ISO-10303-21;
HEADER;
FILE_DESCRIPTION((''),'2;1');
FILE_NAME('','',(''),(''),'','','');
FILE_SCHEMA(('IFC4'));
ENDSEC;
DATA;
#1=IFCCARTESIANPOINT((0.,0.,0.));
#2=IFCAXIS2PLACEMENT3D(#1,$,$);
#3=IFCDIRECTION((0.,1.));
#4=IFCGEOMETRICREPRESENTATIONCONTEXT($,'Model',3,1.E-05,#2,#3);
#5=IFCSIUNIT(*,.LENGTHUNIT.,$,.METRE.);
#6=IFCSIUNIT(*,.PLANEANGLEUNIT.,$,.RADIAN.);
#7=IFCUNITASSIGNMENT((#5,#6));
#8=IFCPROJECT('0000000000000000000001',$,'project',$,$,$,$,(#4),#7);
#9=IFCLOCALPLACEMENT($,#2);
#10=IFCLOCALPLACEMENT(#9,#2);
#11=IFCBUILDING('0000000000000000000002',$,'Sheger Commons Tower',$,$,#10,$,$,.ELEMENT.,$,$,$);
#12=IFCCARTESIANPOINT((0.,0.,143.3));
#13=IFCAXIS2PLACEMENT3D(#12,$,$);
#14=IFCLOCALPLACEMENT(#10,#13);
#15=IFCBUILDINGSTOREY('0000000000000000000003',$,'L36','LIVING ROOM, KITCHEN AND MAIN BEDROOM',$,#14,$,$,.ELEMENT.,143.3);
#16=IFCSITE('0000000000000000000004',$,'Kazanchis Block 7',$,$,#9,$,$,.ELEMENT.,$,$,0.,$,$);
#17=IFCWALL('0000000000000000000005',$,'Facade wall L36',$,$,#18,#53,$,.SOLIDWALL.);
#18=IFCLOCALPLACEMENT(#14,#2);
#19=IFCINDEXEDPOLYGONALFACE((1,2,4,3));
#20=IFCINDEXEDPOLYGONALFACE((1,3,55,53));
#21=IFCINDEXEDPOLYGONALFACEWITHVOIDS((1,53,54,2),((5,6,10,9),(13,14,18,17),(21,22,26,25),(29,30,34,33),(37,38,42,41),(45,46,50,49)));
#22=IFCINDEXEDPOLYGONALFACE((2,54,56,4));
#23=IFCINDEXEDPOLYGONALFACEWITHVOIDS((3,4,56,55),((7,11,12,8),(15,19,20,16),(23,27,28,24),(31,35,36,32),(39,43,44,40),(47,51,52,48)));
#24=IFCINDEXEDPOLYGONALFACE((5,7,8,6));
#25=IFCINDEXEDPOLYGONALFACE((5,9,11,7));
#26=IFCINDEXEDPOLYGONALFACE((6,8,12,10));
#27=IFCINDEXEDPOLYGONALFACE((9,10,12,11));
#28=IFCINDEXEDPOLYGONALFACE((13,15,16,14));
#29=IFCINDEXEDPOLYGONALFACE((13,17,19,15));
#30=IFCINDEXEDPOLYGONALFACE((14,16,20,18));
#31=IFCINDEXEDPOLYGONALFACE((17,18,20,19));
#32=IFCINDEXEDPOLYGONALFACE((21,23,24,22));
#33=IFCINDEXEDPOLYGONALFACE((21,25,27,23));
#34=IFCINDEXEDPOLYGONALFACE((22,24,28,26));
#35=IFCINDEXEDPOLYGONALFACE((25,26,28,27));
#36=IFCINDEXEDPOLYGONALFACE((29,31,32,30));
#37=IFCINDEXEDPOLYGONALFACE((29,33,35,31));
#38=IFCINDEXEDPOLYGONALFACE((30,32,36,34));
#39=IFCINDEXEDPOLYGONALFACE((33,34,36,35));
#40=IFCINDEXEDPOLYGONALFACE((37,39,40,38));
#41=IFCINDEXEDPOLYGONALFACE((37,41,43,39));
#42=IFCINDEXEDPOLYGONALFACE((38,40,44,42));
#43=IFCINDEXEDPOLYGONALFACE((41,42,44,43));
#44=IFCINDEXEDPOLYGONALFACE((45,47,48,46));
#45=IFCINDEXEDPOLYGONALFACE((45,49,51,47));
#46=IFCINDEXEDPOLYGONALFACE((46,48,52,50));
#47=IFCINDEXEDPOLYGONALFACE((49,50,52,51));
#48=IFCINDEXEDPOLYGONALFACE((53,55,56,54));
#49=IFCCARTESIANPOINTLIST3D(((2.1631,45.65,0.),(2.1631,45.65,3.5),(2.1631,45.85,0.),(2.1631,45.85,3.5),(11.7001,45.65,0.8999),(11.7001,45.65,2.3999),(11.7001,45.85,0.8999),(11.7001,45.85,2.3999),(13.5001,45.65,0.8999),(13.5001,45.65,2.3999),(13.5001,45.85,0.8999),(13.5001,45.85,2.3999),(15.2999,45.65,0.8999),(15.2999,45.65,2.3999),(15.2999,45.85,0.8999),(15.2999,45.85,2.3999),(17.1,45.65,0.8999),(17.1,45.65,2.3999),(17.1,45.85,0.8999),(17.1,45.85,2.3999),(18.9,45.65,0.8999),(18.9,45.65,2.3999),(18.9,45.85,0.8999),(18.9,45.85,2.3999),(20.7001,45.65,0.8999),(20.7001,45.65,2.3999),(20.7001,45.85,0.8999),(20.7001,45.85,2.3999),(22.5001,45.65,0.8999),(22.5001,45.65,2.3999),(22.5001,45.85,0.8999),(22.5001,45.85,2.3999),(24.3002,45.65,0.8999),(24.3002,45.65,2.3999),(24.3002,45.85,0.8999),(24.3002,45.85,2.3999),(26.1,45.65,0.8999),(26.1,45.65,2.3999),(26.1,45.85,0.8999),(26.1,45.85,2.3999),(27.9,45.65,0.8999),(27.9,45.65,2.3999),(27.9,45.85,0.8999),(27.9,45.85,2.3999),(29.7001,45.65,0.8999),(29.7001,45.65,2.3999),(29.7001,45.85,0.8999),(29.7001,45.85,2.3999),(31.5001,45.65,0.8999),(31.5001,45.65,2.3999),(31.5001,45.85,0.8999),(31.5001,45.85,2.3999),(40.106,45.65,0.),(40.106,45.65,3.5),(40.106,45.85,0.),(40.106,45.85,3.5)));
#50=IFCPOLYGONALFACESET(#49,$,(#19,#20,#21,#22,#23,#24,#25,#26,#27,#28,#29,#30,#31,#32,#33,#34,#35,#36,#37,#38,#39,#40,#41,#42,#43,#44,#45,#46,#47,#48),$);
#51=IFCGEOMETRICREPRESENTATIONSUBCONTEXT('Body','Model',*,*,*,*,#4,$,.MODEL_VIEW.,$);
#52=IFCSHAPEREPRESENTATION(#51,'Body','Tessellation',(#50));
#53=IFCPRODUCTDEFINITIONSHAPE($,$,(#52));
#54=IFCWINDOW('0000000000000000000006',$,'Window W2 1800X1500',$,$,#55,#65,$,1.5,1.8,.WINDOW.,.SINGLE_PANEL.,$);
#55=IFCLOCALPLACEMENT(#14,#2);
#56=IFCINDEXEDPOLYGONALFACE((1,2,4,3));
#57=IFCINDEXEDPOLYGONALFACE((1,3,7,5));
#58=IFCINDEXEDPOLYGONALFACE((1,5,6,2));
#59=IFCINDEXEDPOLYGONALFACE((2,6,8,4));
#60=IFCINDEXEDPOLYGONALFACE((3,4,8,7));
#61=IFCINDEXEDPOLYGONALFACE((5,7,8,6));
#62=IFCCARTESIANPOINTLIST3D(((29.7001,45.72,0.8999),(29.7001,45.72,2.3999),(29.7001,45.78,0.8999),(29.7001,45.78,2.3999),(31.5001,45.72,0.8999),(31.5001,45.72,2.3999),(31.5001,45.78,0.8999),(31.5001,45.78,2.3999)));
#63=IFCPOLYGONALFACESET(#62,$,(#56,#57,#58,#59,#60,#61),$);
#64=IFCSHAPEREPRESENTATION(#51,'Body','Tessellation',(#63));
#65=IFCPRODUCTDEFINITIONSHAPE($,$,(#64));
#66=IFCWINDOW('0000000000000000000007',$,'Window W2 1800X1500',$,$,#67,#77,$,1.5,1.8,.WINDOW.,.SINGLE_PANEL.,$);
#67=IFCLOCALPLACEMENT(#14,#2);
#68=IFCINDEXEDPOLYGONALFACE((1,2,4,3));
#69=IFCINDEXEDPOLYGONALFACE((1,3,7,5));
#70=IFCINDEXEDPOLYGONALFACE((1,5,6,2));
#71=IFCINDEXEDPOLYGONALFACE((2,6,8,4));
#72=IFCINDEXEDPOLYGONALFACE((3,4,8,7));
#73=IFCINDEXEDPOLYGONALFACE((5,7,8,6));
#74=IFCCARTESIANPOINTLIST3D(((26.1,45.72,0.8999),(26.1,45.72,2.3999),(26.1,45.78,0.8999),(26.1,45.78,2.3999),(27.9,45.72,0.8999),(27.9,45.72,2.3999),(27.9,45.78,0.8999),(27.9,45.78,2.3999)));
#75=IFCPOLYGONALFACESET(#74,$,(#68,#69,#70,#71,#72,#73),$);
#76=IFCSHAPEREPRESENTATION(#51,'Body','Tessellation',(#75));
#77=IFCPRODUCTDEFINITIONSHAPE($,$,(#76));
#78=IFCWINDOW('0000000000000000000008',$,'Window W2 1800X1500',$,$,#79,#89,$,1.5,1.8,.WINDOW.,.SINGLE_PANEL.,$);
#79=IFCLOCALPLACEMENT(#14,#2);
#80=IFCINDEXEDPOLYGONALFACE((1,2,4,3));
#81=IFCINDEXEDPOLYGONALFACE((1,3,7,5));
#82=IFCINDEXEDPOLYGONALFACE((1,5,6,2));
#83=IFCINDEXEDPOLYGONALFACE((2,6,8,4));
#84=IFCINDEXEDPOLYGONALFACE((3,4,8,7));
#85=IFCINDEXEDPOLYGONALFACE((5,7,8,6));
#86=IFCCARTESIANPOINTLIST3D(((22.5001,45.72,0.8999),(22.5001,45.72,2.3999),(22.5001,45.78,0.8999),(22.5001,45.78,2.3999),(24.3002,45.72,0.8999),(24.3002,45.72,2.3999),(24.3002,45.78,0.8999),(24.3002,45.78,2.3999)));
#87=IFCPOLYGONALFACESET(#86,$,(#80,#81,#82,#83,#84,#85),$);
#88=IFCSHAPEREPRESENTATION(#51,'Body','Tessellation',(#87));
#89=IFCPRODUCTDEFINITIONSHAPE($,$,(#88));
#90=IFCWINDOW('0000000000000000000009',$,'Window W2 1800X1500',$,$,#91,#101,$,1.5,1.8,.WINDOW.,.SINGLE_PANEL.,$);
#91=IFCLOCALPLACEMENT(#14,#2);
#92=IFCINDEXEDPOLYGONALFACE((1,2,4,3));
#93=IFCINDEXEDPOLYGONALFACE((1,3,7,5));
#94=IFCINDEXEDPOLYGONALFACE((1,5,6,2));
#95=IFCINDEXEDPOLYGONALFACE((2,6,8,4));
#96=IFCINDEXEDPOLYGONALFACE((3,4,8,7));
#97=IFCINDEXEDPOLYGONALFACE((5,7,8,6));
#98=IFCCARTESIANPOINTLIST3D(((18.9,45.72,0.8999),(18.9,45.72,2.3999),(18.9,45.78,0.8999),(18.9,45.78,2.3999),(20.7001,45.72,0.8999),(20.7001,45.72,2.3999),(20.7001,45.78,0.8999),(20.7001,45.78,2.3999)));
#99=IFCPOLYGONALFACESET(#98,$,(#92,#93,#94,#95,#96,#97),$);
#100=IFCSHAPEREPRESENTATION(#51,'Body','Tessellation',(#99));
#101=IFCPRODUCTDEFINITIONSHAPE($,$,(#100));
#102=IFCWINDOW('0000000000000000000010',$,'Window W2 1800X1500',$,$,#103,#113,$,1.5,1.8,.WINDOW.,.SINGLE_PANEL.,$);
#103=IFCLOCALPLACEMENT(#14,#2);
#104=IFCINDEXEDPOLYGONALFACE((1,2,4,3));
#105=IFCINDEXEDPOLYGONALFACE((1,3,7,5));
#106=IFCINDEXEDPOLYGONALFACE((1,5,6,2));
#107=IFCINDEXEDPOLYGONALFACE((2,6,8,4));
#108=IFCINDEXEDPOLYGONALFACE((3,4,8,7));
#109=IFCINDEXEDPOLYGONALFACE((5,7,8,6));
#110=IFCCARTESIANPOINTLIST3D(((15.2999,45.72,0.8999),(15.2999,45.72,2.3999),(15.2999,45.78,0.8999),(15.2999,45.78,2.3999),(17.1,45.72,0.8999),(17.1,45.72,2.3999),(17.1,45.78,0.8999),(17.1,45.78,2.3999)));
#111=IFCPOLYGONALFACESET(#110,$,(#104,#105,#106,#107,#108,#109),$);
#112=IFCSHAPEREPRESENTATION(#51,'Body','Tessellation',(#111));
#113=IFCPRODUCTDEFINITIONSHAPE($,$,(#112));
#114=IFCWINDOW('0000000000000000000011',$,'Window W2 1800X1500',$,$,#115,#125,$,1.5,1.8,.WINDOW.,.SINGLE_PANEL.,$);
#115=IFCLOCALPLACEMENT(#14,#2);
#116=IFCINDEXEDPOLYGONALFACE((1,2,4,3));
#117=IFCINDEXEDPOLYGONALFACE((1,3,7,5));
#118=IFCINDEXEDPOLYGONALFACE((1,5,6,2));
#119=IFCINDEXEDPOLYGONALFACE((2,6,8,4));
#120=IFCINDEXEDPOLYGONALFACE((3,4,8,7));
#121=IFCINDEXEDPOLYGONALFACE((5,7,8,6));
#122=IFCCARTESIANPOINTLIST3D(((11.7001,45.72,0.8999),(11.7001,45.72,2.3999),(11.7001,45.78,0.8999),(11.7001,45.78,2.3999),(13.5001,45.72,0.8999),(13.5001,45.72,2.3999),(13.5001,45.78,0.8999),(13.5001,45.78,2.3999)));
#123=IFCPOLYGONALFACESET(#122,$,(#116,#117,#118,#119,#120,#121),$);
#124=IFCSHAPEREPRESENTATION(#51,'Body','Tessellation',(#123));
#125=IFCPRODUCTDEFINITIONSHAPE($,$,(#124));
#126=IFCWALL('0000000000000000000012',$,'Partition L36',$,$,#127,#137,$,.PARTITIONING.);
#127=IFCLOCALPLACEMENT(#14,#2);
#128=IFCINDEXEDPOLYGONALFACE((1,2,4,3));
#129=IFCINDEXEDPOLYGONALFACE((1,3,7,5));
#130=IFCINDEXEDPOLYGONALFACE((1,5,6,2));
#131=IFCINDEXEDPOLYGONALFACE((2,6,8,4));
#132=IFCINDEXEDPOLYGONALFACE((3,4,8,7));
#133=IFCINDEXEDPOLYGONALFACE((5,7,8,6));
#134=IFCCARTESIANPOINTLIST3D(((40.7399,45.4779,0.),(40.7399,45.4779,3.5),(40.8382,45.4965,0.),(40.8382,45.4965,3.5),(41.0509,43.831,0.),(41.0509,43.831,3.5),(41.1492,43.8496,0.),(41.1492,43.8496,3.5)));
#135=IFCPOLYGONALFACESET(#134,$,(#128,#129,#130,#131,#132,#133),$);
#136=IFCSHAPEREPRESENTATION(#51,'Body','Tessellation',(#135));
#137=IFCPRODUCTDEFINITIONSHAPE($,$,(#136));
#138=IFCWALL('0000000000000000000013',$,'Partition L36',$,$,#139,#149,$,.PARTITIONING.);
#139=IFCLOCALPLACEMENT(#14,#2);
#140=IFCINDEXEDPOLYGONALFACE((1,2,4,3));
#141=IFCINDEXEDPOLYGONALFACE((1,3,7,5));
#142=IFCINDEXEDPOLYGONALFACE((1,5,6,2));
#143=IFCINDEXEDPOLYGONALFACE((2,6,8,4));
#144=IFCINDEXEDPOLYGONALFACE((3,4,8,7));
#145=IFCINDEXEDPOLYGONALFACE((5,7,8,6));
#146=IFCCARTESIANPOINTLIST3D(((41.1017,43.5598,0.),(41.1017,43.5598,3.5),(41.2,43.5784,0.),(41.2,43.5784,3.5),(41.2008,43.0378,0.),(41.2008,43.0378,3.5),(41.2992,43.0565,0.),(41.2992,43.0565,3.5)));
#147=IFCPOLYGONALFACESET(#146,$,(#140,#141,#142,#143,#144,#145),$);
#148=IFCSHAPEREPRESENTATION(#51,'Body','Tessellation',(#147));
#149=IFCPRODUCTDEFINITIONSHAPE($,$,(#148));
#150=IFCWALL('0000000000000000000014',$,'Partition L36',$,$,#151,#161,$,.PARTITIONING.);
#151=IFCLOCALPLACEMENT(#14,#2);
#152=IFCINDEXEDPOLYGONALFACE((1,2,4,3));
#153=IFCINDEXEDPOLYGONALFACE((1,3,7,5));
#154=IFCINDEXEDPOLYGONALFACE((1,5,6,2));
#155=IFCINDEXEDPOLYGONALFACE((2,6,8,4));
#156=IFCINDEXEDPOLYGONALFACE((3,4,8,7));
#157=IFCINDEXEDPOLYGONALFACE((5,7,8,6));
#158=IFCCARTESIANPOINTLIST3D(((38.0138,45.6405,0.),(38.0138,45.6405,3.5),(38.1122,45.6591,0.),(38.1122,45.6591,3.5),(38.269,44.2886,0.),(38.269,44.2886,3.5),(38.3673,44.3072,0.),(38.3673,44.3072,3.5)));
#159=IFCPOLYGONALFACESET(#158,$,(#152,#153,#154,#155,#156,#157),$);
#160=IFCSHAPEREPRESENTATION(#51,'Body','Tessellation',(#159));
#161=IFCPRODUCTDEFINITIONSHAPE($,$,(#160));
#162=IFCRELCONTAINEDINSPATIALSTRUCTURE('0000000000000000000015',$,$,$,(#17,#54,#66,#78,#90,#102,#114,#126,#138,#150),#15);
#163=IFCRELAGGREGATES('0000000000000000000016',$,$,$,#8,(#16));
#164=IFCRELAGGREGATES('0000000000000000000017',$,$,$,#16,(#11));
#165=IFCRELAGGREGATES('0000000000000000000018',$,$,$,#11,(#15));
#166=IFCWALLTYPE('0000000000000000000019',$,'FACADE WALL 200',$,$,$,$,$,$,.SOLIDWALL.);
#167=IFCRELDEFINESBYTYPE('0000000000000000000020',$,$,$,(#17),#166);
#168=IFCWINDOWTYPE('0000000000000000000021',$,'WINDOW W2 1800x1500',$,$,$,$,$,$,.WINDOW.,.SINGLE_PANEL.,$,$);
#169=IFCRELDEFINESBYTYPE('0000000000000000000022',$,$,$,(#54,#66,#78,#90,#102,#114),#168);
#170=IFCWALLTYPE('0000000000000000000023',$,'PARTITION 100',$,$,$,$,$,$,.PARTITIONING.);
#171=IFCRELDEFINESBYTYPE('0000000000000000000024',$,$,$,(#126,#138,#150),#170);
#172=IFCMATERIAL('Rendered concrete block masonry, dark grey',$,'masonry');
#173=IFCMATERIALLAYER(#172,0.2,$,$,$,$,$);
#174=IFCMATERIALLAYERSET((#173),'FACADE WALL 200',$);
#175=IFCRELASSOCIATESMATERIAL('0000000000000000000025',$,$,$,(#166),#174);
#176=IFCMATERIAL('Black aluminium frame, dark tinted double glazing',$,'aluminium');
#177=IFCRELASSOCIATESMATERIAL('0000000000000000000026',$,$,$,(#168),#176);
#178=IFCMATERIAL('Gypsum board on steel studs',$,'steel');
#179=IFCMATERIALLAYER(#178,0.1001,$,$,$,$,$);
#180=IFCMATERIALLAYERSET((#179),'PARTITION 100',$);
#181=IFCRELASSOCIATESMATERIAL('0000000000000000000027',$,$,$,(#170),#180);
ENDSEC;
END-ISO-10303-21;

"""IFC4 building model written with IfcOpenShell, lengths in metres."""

from ifc_helpers import new_model, si_unit, direction, frame, frame_2d, origin, place, context, subcontext, project, spatial, rectangle, extrude, material, layer, layer_set, type_object, element, fill, save


model = new_model("IFC4")

# Units and contexts
model_context = context("Model", 3, precision=1e-05, world=origin(), true_north=direction((0.0, 1.0)))
body_context = subcontext(model_context, "Body", "Model", "MODEL_VIEW")
ifc_project = project(units=[si_unit("LENGTHUNIT", "METRE"), si_unit("PLANEANGLEUNIT", "RADIAN")], contexts=[model_context])

# Site, building, storey
site_placement = place(None, origin())
site = spatial("IfcSite", under=ifc_project, at=site_placement, Name="Kazanchis Block 7", CompositionType="ELEMENT", RefElevation=0.0)
building_placement = place(site_placement, origin())
building = spatial("IfcBuilding", under=site, at=building_placement, Name="Sheger Commons Tower", CompositionType="ELEMENT")
storey_placement = place(building_placement, frame((0.0, 0.0, 143.3)))
storey = spatial("IfcBuildingStorey", under=building, at=storey_placement, Name="L36", Description="LIVING ROOM, KITCHEN AND MAIN BEDROOM", CompositionType="ELEMENT", Elevation=143.3)

# Shared definitions
ifc_material_1 = material(Name="Rendered concrete block masonry, dark grey", Category="masonry")
ifc_layer_1 = layer(ifc_material_1, 0.2)
ifc_layer_set_1 = layer_set([ifc_layer_1], Name="FACADE WALL 200")
wall_type_1 = type_object("IfcWallType", Name="FACADE WALL 200", PredefinedType="SOLIDWALL", material=ifc_layer_set_1)

# Wall, openings, windows
wall_1_placement = place(storey_placement, frame((40.106, 45.75, 0.0), z_axis=(0.0, 0.0, 1.0), x_axis=(-1.0, 0.0, 0.0)))
wall_1 = element("IfcWall", 1, at=wall_1_placement, inside=storey, type_object=wall_type_1, Name="Facade wall L36", PredefinedType="SOLIDWALL", context=body_context, shape_type="SweptSolid", body=[
    extrude(rectangle(XDim=37.9429, YDim=0.2, at=frame_2d((18.9714, 0.0))), origin(), (0.0, 0.0, 1.0), 3.5),
])
opening_1_placement = place(wall_1_placement, frame((8.606, 0.0, 0.8999)))
opening_1 = element("IfcOpeningElement", 2, at=opening_1_placement, cuts=wall_1, PredefinedType="OPENING", context=body_context, shape_type="SweptSolid", body=[
    extrude(rectangle(XDim=1.8, YDim=1.5, at=frame_2d((0.8999, 0.75))), frame((0.0, 0.1099, 0.0), z_axis=(0.0, -1.0, 0.0), x_axis=(1.0, 0.0, 0.0)), (0.0, 0.0, 1.0), 0.22),
])
opening_2_placement = place(wall_1_placement, frame((12.2061, 0.0, 0.8999)))
opening_2 = element("IfcOpeningElement", 3, at=opening_2_placement, cuts=wall_1, PredefinedType="OPENING", context=body_context, shape_type="SweptSolid", body=[
    extrude(rectangle(XDim=1.8, YDim=1.5, at=frame_2d((0.8999, 0.75))), frame((0.0, 0.1099, 0.0), z_axis=(0.0, -1.0, 0.0), x_axis=(1.0, 0.0, 0.0)), (0.0, 0.0, 1.0), 0.22),
])
opening_3_placement = place(wall_1_placement, frame((15.8059, 0.0, 0.8999)))
opening_3 = element("IfcOpeningElement", 4, at=opening_3_placement, cuts=wall_1, PredefinedType="OPENING", context=body_context, shape_type="SweptSolid", body=[
    extrude(rectangle(XDim=1.8, YDim=1.5, at=frame_2d((0.8999, 0.75))), frame((0.0, 0.1099, 0.0), z_axis=(0.0, -1.0, 0.0), x_axis=(1.0, 0.0, 0.0)), (0.0, 0.0, 1.0), 0.22),
])
opening_4_placement = place(wall_1_placement, frame((19.406, 0.0, 0.8999)))
opening_4 = element("IfcOpeningElement", 5, at=opening_4_placement, cuts=wall_1, PredefinedType="OPENING", context=body_context, shape_type="SweptSolid", body=[
    extrude(rectangle(XDim=1.8, YDim=1.5, at=frame_2d((0.8999, 0.75))), frame((0.0, 0.1099, 0.0), z_axis=(0.0, -1.0, 0.0), x_axis=(1.0, 0.0, 0.0)), (0.0, 0.0, 1.0), 0.22),
])
opening_5_placement = place(wall_1_placement, frame((23.0061, 0.0, 0.8999)))
opening_5 = element("IfcOpeningElement", 6, at=opening_5_placement, cuts=wall_1, PredefinedType="OPENING", context=body_context, shape_type="SweptSolid", body=[
    extrude(rectangle(XDim=1.8, YDim=1.5, at=frame_2d((0.8999, 0.75))), frame((0.0, 0.1099, 0.0), z_axis=(0.0, -1.0, 0.0), x_axis=(1.0, 0.0, 0.0)), (0.0, 0.0, 1.0), 0.22),
])
opening_6_placement = place(wall_1_placement, frame((26.606, 0.0, 0.8999)))
opening_6 = element("IfcOpeningElement", 7, at=opening_6_placement, cuts=wall_1, PredefinedType="OPENING", context=body_context, shape_type="SweptSolid", body=[
    extrude(rectangle(XDim=1.8, YDim=1.5, at=frame_2d((0.8999, 0.75))), frame((0.0, 0.1099, 0.0), z_axis=(0.0, -1.0, 0.0), x_axis=(1.0, 0.0, 0.0)), (0.0, 0.0, 1.0), 0.22),
])
ifc_material_2 = material(Name="Black aluminium frame, dark tinted double glazing", Category="aluminium")
window_type = type_object("IfcWindowType", Name="WINDOW W2 1800x1500", PartitioningType="SINGLE_PANEL", PredefinedType="WINDOW", material=ifc_material_2)
window_1_placement = place(opening_1_placement, origin())
window_1 = element("IfcWindow", 8, at=window_1_placement, inside=storey, type_object=window_type, Name="Window W2 1800X1500", OverallHeight=1.5, OverallWidth=1.8, PartitioningType="SINGLE_PANEL", PredefinedType="WINDOW", context=body_context, shape_type="SweptSolid", body=[
    extrude(rectangle(XDim=1.8, YDim=1.5, at=frame_2d((0.8999, 0.75))), frame((0.0, 0.03, 0.0), z_axis=(0.0, -1.0, 0.0), x_axis=(1.0, 0.0, 0.0)), (0.0, 0.0, 1.0), 0.0601),
])
fill(opening_1, window_1)
window_2_placement = place(opening_2_placement, origin())
window_2 = element("IfcWindow", 9, at=window_2_placement, inside=storey, type_object=window_type, Name="Window W2 1800X1500", OverallHeight=1.5, OverallWidth=1.8, PartitioningType="SINGLE_PANEL", PredefinedType="WINDOW", context=body_context, shape_type="SweptSolid", body=[
    extrude(rectangle(XDim=1.8, YDim=1.5, at=frame_2d((0.8999, 0.75))), frame((0.0, 0.03, 0.0), z_axis=(0.0, -1.0, 0.0), x_axis=(1.0, 0.0, 0.0)), (0.0, 0.0, 1.0), 0.0601),
])
fill(opening_2, window_2)
window_3_placement = place(opening_3_placement, origin())
window_3 = element("IfcWindow", 10, at=window_3_placement, inside=storey, type_object=window_type, Name="Window W2 1800X1500", OverallHeight=1.5, OverallWidth=1.8, PartitioningType="SINGLE_PANEL", PredefinedType="WINDOW", context=body_context, shape_type="SweptSolid", body=[
    extrude(rectangle(XDim=1.8, YDim=1.5, at=frame_2d((0.8999, 0.75))), frame((0.0, 0.03, 0.0), z_axis=(0.0, -1.0, 0.0), x_axis=(1.0, 0.0, 0.0)), (0.0, 0.0, 1.0), 0.0601),
])
fill(opening_3, window_3)
window_4_placement = place(opening_4_placement, origin())
window_4 = element("IfcWindow", 11, at=window_4_placement, inside=storey, type_object=window_type, Name="Window W2 1800X1500", OverallHeight=1.5, OverallWidth=1.8, PartitioningType="SINGLE_PANEL", PredefinedType="WINDOW", context=body_context, shape_type="SweptSolid", body=[
    extrude(rectangle(XDim=1.8, YDim=1.5, at=frame_2d((0.8999, 0.75))), frame((0.0, 0.03, 0.0), z_axis=(0.0, -1.0, 0.0), x_axis=(1.0, 0.0, 0.0)), (0.0, 0.0, 1.0), 0.0601),
])
fill(opening_4, window_4)
window_5_placement = place(opening_5_placement, origin())
window_5 = element("IfcWindow", 12, at=window_5_placement, inside=storey, type_object=window_type, Name="Window W2 1800X1500", OverallHeight=1.5, OverallWidth=1.8, PartitioningType="SINGLE_PANEL", PredefinedType="WINDOW", context=body_context, shape_type="SweptSolid", body=[
    extrude(rectangle(XDim=1.8, YDim=1.5, at=frame_2d((0.8999, 0.75))), frame((0.0, 0.03, 0.0), z_axis=(0.0, -1.0, 0.0), x_axis=(1.0, 0.0, 0.0)), (0.0, 0.0, 1.0), 0.0601),
])
fill(opening_5, window_5)
window_6_placement = place(opening_6_placement, origin())
window_6 = element("IfcWindow", 13, at=window_6_placement, inside=storey, type_object=window_type, Name="Window W2 1800X1500", OverallHeight=1.5, OverallWidth=1.8, PartitioningType="SINGLE_PANEL", PredefinedType="WINDOW", context=body_context, shape_type="SweptSolid", body=[
    extrude(rectangle(XDim=1.8, YDim=1.5, at=frame_2d((0.8999, 0.75))), frame((0.0, 0.03, 0.0), z_axis=(0.0, -1.0, 0.0), x_axis=(1.0, 0.0, 0.0)), (0.0, 0.0, 1.0), 0.0601),
])
fill(opening_6, window_6)

# Walls
ifc_material_3 = material(Name="Gypsum board on steel studs", Category="steel")
ifc_layer_2 = layer(ifc_material_3, 0.1001)
ifc_layer_set_2 = layer_set([ifc_layer_2], Name="PARTITION 100")
wall_type_2 = type_object("IfcWallType", Name="PARTITION 100", PredefinedType="PARTITIONING", material=ifc_layer_set_2)
wall_2_placement = place(storey_placement, frame((40.7891, 45.4871, 0.0), z_axis=(0.0, 0.0, 1.0), x_axis=(0.185572, -0.982631, 0.0)))
element("IfcWall", 14, at=wall_2_placement, inside=storey, type_object=wall_type_2, Name="Partition L36", PredefinedType="PARTITIONING", context=body_context, shape_type="SweptSolid", body=[
    extrude(rectangle(XDim=1.676, YDim=0.1001, at=frame_2d((0.8379, 0.0))), origin(), (0.0, 0.0, 1.0), 3.5),
])
wall_3_placement = place(storey_placement, frame((41.1509, 43.5691, 0.0), z_axis=(0.0, 0.0, 1.0), x_axis=(0.186563, -0.982443, 0.0)))
element("IfcWall", 15, at=wall_3_placement, inside=storey, type_object=wall_type_2, Name="Partition L36", PredefinedType="PARTITIONING", context=body_context, shape_type="SweptSolid", body=[
    extrude(rectangle(XDim=0.5312, YDim=0.1001, at=frame_2d((0.2656, 0.0))), origin(), (0.0, 0.0, 1.0), 3.5),
])
wall_4_placement = place(storey_placement, frame((38.063, 45.6499, 0.0), z_axis=(0.0, 0.0, 1.0), x_axis=(0.185456, -0.982653, 0.0)))
element("IfcWall", 16, at=wall_4_placement, inside=storey, type_object=wall_type_2, Name="Partition L36", PredefinedType="PARTITIONING", context=body_context, shape_type="SweptSolid", body=[
    extrude(rectangle(XDim=1.3757, YDim=0.1001, at=frame_2d((0.688, 0.0))), origin(), (0.0, 0.0, 1.0), 3.5),
])

save(model, "model.ifc")
